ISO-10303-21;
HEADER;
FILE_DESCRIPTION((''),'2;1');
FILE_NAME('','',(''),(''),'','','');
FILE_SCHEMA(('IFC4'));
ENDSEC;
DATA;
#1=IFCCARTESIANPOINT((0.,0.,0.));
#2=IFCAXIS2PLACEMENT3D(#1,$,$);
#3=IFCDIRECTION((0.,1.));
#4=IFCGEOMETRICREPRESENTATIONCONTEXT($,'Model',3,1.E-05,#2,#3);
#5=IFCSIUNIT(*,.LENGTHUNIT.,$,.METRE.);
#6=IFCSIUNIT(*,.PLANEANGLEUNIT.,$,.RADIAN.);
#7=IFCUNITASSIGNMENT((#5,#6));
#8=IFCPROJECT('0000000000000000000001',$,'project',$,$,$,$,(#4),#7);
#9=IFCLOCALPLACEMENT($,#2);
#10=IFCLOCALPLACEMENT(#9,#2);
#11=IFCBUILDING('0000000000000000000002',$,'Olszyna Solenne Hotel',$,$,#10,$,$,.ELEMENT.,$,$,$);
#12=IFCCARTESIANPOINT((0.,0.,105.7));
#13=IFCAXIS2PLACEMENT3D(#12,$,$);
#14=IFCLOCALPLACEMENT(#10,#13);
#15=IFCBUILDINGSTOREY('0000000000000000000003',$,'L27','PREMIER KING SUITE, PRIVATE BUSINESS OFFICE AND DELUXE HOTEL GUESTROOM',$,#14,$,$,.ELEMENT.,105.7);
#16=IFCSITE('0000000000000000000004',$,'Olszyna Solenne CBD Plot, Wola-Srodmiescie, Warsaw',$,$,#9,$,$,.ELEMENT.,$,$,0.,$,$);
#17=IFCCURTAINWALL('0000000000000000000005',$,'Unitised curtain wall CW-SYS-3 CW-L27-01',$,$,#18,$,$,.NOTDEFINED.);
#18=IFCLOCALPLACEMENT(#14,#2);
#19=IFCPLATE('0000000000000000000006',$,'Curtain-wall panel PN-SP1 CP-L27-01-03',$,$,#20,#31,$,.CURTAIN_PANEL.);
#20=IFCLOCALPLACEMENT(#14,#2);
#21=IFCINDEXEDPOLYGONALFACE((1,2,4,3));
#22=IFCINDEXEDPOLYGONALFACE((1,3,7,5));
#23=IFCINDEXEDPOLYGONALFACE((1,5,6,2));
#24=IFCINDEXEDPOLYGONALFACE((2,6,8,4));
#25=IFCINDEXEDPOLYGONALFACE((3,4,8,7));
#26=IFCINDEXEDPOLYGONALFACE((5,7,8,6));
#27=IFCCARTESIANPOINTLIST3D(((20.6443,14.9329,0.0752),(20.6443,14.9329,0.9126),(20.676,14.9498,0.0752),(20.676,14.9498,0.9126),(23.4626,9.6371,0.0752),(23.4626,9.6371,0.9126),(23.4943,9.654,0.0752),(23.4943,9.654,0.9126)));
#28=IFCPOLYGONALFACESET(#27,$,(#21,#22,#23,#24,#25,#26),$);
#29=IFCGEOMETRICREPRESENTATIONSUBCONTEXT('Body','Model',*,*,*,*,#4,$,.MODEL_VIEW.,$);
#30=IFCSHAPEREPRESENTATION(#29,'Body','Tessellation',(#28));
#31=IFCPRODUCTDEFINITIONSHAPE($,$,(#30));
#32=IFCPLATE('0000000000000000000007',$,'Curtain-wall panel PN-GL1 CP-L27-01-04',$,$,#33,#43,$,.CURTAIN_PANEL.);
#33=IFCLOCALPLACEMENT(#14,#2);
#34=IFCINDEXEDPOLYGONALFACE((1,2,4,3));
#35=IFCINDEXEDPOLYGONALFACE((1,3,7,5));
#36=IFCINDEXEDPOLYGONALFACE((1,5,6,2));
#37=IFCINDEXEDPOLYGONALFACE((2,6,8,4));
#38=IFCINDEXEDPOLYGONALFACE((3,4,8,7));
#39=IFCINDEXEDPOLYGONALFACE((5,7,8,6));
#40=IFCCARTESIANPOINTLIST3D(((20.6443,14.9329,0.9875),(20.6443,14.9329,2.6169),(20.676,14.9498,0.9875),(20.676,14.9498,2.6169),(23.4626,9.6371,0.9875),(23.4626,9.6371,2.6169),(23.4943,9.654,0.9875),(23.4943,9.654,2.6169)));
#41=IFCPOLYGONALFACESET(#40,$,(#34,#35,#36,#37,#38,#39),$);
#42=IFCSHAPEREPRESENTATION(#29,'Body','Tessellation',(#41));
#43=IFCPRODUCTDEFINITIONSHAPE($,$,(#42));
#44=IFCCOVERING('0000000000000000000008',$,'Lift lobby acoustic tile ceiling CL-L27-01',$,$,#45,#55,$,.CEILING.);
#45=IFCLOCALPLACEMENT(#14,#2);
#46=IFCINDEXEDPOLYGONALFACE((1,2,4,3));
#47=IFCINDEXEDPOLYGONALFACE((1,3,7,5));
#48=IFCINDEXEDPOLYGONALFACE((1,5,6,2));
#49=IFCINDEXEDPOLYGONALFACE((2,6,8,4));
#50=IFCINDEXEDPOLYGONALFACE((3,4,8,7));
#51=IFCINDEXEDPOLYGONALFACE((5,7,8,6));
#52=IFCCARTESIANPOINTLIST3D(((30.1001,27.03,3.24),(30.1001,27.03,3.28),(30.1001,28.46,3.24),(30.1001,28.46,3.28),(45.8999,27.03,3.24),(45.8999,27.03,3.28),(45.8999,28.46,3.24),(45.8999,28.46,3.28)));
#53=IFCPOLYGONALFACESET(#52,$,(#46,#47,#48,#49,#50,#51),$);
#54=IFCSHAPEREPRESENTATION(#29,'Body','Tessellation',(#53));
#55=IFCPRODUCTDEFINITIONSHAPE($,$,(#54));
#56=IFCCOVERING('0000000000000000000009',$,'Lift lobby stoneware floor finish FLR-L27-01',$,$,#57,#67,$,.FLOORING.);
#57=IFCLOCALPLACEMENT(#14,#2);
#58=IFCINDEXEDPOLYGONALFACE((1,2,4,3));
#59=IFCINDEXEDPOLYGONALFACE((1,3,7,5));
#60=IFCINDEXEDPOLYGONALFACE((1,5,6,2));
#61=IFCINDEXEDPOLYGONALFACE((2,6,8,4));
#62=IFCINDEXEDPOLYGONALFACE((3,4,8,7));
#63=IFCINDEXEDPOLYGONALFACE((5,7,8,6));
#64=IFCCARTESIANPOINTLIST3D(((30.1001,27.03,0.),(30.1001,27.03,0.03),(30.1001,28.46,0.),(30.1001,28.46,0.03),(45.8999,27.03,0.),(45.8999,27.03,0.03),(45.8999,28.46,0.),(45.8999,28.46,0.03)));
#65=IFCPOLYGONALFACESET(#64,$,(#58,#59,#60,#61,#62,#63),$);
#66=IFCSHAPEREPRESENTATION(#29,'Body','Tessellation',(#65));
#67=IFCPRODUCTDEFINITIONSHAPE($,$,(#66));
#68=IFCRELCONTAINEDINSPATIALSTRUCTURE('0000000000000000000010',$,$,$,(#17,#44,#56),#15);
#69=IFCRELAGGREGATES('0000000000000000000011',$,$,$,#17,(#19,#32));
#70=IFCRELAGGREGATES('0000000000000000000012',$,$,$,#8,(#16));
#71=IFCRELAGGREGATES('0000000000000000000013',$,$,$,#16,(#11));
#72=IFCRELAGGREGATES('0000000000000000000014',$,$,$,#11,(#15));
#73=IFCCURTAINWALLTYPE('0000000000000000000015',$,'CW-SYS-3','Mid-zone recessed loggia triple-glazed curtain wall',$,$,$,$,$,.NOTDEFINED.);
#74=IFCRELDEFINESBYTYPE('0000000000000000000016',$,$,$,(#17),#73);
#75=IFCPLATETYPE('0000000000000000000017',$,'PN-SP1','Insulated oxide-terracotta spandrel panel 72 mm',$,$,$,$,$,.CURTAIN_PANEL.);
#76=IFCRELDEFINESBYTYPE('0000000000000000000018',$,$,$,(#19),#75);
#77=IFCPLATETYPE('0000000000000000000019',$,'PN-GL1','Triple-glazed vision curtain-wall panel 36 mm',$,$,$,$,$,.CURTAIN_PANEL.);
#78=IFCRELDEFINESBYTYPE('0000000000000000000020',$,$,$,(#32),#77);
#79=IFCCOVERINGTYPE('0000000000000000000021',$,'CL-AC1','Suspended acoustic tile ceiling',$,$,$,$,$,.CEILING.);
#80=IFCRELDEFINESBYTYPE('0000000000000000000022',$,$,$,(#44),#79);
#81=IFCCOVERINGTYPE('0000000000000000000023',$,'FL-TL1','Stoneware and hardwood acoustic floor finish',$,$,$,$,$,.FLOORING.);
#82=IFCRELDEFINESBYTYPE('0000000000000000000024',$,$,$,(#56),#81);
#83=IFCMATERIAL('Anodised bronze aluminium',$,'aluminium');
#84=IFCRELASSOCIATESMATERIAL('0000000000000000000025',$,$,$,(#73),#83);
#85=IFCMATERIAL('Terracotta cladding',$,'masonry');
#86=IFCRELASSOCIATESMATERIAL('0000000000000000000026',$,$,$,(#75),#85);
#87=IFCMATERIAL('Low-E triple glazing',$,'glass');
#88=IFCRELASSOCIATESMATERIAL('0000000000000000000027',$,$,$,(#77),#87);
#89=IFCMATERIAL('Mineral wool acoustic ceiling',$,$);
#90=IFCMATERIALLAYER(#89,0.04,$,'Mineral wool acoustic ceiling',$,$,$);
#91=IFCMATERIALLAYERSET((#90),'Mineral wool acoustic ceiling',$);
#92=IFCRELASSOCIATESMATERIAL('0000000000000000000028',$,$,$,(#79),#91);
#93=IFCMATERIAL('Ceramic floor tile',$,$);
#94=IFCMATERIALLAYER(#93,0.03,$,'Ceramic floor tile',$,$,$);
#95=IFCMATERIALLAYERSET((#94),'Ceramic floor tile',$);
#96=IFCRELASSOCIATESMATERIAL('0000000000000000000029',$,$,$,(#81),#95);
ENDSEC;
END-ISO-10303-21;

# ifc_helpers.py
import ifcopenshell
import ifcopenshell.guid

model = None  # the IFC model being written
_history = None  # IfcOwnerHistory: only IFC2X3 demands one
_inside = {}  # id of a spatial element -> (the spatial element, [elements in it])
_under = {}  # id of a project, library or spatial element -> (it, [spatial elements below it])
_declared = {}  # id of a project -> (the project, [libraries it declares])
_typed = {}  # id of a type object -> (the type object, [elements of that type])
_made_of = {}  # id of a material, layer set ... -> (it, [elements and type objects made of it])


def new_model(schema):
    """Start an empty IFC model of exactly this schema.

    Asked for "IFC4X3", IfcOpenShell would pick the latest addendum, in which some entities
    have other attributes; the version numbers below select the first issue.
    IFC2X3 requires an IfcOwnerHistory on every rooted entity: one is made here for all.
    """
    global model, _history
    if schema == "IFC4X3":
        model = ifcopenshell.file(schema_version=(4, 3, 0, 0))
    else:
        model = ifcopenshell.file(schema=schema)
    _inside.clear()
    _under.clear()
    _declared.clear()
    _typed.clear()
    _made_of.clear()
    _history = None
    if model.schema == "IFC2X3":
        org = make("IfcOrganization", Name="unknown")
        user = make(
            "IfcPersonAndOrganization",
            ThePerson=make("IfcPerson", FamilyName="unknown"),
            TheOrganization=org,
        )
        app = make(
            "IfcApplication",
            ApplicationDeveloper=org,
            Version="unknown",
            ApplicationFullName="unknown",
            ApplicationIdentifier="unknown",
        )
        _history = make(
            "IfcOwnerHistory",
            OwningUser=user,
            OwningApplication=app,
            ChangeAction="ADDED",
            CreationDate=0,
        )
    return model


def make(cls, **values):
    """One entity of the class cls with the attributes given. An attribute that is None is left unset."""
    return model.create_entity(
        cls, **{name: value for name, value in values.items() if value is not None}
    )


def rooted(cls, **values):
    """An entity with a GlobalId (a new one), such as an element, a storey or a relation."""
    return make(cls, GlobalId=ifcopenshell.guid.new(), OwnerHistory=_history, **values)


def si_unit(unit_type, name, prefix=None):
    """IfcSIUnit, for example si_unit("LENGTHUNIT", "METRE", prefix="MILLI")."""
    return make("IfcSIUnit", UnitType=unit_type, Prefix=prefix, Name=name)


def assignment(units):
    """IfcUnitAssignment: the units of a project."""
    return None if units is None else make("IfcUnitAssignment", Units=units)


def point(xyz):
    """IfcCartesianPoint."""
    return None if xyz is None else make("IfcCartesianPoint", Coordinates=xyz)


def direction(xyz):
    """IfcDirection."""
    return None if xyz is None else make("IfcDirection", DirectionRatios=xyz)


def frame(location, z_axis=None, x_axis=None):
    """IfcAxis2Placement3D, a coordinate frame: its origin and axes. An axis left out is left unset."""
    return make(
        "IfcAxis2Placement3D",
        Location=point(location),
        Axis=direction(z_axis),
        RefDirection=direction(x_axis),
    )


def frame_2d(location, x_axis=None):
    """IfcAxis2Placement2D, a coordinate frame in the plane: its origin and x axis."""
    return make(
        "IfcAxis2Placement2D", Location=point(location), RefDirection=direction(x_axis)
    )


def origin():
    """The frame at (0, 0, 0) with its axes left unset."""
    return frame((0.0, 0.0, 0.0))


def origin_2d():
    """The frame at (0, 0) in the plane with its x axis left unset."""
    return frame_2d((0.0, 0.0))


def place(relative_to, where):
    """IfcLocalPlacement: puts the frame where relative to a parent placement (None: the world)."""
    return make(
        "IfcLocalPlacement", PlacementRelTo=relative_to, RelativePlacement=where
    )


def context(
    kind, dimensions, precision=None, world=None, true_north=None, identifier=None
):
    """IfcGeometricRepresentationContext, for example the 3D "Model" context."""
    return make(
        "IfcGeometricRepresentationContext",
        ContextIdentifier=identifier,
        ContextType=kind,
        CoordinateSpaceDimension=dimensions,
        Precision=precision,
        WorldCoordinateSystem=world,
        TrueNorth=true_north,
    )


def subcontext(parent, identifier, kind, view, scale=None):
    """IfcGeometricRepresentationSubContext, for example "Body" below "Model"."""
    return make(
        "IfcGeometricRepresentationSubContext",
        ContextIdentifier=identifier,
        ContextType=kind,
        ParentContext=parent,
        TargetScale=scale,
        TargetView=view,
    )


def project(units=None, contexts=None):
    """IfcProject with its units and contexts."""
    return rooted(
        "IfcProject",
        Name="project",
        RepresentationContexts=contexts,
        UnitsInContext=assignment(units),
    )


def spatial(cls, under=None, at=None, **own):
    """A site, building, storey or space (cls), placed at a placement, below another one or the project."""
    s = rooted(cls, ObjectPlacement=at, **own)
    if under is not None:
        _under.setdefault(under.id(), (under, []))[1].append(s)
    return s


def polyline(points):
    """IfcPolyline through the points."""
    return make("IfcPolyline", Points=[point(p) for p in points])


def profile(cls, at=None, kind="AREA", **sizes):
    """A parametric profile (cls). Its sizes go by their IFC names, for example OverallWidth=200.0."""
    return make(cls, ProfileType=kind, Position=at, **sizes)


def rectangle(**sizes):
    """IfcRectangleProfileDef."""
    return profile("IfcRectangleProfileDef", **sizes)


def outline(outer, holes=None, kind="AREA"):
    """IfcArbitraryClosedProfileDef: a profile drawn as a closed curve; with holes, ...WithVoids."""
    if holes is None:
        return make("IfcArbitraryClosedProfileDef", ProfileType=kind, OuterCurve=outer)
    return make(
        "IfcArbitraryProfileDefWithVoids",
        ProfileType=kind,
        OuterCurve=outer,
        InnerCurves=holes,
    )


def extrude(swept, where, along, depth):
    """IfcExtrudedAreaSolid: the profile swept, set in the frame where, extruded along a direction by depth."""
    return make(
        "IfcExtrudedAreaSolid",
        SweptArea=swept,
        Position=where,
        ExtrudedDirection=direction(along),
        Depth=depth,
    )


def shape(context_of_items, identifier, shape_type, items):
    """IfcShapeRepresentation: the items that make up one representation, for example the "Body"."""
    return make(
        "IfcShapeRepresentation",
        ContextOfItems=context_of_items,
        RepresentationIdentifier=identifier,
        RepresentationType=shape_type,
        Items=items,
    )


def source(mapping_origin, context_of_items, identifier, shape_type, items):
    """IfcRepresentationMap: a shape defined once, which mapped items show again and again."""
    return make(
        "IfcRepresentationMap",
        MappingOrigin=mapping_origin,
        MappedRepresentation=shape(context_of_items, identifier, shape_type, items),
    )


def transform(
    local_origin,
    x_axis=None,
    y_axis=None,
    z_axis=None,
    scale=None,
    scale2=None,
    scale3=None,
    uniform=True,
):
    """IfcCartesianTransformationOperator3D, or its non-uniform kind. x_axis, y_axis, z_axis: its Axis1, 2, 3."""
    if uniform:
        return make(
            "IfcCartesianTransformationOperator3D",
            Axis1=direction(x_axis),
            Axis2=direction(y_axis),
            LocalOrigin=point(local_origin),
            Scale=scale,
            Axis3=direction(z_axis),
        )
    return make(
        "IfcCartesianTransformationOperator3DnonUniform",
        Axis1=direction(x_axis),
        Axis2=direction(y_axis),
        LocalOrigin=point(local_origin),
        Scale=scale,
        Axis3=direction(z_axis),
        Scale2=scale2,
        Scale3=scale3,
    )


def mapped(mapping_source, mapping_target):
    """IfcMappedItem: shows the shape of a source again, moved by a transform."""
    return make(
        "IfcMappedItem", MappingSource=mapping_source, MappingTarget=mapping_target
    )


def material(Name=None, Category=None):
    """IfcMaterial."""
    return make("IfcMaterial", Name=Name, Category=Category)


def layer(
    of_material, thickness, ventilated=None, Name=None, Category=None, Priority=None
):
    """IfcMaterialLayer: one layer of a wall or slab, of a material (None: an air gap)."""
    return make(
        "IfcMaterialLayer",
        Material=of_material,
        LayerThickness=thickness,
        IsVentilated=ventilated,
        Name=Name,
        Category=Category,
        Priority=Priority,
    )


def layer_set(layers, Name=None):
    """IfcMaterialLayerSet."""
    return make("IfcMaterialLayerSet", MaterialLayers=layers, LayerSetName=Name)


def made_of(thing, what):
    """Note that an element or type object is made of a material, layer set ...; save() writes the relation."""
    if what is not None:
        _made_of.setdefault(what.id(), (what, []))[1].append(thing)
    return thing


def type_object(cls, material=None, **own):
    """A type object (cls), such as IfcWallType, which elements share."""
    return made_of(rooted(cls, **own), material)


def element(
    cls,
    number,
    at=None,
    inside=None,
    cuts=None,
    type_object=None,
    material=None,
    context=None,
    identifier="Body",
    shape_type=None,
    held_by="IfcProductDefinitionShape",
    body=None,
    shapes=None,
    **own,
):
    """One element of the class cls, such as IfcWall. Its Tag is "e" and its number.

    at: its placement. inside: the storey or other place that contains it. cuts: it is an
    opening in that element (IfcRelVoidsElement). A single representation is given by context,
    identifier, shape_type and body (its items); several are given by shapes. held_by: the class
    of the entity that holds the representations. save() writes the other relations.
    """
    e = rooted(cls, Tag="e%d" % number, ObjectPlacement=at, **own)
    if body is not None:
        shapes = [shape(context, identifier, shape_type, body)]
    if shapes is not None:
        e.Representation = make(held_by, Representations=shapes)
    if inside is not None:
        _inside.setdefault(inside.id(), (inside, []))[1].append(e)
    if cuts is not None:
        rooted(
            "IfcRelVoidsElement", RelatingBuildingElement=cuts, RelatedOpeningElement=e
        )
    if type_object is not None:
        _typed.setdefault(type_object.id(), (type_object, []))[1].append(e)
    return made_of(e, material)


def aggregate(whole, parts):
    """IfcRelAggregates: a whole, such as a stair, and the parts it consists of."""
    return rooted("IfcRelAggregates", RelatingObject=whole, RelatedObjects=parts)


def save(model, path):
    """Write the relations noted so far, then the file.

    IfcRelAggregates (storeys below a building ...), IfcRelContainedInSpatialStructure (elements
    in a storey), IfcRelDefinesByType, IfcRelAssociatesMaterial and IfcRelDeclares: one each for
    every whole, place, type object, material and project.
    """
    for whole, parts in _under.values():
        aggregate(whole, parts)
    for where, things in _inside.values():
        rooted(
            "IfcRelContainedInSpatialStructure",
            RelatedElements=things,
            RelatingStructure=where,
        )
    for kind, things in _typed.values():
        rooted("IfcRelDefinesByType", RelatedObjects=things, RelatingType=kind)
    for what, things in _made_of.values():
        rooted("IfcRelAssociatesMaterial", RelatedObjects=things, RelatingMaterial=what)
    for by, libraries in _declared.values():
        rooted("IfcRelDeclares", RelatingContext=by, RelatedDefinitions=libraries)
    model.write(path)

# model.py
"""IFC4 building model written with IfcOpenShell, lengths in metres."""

from ifc_helpers import new_model, si_unit, direction, frame, origin, origin_2d, place, context, subcontext, project, spatial, polyline, rectangle, outline, extrude, source, transform, mapped, material, layer, layer_set, type_object, element, aggregate, save


model = new_model("IFC4")

# Units and contexts
model_context = context("Model", 3, precision=1e-05, world=origin(), true_north=direction((0.0, 1.0)))
body_context = subcontext(model_context, "Body", "Model", "MODEL_VIEW")
ifc_project = project(units=[si_unit("LENGTHUNIT", "METRE"), si_unit("PLANEANGLEUNIT", "RADIAN")], contexts=[model_context])

# Site, building, storey
site_placement = place(None, origin())
site = spatial("IfcSite", under=ifc_project, at=site_placement, Name="Olszyna Solenne CBD Plot, Wola-Srodmiescie, Warsaw", CompositionType="ELEMENT", RefElevation=0.0)
building_placement = place(site_placement, origin())
building = spatial("IfcBuilding", under=site, at=building_placement, Name="Olszyna Solenne Hotel", CompositionType="ELEMENT")
storey_placement = place(building_placement, frame((0.0, 0.0, 105.7)))
storey = spatial("IfcBuildingStorey", under=building, at=storey_placement, Name="L27", Description="PREMIER KING SUITE, PRIVATE BUSINESS OFFICE AND DELUXE HOTEL GUESTROOM", CompositionType="ELEMENT", Elevation=105.7)

# Curtain wall
ifc_material_1 = material(Name="Anodised bronze aluminium", Category="aluminium")
curtain_wall_type = type_object("IfcCurtainWallType", Name="CW-SYS-3", Description="Mid-zone recessed loggia triple-glazed curtain wall", PredefinedType="NOTDEFINED", material=ifc_material_1)
curtain_wall_placement = place(storey_placement, origin())
curtain_wall = element("IfcCurtainWall", 1, at=curtain_wall_placement, inside=storey, type_object=curtain_wall_type, Name="Unitised curtain wall CW-SYS-3 CW-L27-01", PredefinedType="NOTDEFINED")

# Plates
ifc_material_2 = material(Name="Terracotta cladding", Category="masonry")
plate_type_1 = type_object("IfcPlateType", Name="PN-SP1", Description="Insulated oxide-terracotta spandrel panel 72 mm", PredefinedType="CURTAIN_PANEL", material=ifc_material_2)
ifc_material_3 = material(Name="Low-E triple glazing", Category="glass")
plate_type_2 = type_object("IfcPlateType", Name="PN-GL1", Description="Triple-glazed vision curtain-wall panel 36 mm", PredefinedType="CURTAIN_PANEL", material=ifc_material_3)
shared_shape_1 = source(origin(), body_context, "Body", "SweptSolid", [
    extrude(rectangle(XDim=5.999, YDim=0.0359, at=origin_2d()), origin(), (0.0, 0.0, 1.0), 0.8374),
])
plate_1_placement = place(storey_placement, frame((22.0693, 12.2935, 0.0752), z_axis=(0.0, 0.0, 1.0), x_axis=(0.469793, -0.882777, 0.0)))
plate_1 = element("IfcPlate", 2, at=plate_1_placement, type_object=plate_type_1, Name="Curtain-wall panel PN-SP1 CP-L27-01-03", PredefinedType="CURTAIN_PANEL", context=body_context, shape_type="MappedRepresentation", body=[
    mapped(shared_shape_1, transform((0.0, 0.0, 0.0), x_axis=(1.0, 0.0, 0.0), y_axis=(0.0, 1.0, 0.0), z_axis=(0.0, 0.0, 1.0), scale=1.0)),
])
shared_shape_2 = source(origin(), body_context, "Body", "SweptSolid", [
    extrude(rectangle(XDim=5.999, YDim=0.0359, at=origin_2d()), origin(), (0.0, 0.0, 1.0), 1.6294),
])
plate_2_placement = place(storey_placement, frame((22.0693, 12.2935, 0.9875), z_axis=(0.0, 0.0, 1.0), x_axis=(0.469793, -0.882777, 0.0)))
plate_2 = element("IfcPlate", 3, at=plate_2_placement, type_object=plate_type_2, Name="Curtain-wall panel PN-GL1 CP-L27-01-04", PredefinedType="CURTAIN_PANEL", context=body_context, shape_type="MappedRepresentation", body=[
    mapped(shared_shape_2, transform((0.0, 0.0, 0.0), x_axis=(1.0, 0.0, 0.0), y_axis=(0.0, 1.0, 0.0), z_axis=(0.0, 0.0, 1.0), scale=1.0)),
])
aggregate(curtain_wall, [plate_1, plate_2])

# Coverings
ifc_material_4 = material(Name="Mineral wool acoustic ceiling")
ifc_layer_1 = layer(ifc_material_4, 0.04, Name="Mineral wool acoustic ceiling")
ifc_layer_set_1 = layer_set([ifc_layer_1], Name="Mineral wool acoustic ceiling")
covering_type_1 = type_object("IfcCoveringType", Name="CL-AC1", Description="Suspended acoustic tile ceiling", PredefinedType="CEILING", material=ifc_layer_set_1)
covering_1_placement = place(storey_placement, frame((0.0, 0.0, 3.24)))
element("IfcCovering", 4, at=covering_1_placement, inside=storey, type_object=covering_type_1, Name="Lift lobby acoustic tile ceiling CL-L27-01", PredefinedType="CEILING", context=body_context, shape_type="SweptSolid", body=[
    extrude(outline(polyline([(30.1001, 27.03), (45.8999, 27.03), (45.8999, 28.46), (30.1001, 28.46), (30.1001, 27.03)])), origin(), (0.0, 0.0, 1.0), 0.04),
])
ifc_material_5 = material(Name="Ceramic floor tile")
ifc_layer_2 = layer(ifc_material_5, 0.03, Name="Ceramic floor tile")
ifc_layer_set_2 = layer_set([ifc_layer_2], Name="Ceramic floor tile")
covering_type_2 = type_object("IfcCoveringType", Name="FL-TL1", Description="Stoneware and hardwood acoustic floor finish", PredefinedType="FLOORING", material=ifc_layer_set_2)
covering_2_placement = place(storey_placement, origin())
element("IfcCovering", 5, at=covering_2_placement, inside=storey, type_object=covering_type_2, Name="Lift lobby stoneware floor finish FLR-L27-01", PredefinedType="FLOORING", context=body_context, shape_type="SweptSolid", body=[
    extrude(outline(polyline([(30.1001, 27.03), (45.8999, 27.03), (45.8999, 28.46), (30.1001, 28.46), (30.1001, 27.03)])), origin(), (0.0, 0.0, 1.0), 0.03),
])

save(model, "model.ifc")
